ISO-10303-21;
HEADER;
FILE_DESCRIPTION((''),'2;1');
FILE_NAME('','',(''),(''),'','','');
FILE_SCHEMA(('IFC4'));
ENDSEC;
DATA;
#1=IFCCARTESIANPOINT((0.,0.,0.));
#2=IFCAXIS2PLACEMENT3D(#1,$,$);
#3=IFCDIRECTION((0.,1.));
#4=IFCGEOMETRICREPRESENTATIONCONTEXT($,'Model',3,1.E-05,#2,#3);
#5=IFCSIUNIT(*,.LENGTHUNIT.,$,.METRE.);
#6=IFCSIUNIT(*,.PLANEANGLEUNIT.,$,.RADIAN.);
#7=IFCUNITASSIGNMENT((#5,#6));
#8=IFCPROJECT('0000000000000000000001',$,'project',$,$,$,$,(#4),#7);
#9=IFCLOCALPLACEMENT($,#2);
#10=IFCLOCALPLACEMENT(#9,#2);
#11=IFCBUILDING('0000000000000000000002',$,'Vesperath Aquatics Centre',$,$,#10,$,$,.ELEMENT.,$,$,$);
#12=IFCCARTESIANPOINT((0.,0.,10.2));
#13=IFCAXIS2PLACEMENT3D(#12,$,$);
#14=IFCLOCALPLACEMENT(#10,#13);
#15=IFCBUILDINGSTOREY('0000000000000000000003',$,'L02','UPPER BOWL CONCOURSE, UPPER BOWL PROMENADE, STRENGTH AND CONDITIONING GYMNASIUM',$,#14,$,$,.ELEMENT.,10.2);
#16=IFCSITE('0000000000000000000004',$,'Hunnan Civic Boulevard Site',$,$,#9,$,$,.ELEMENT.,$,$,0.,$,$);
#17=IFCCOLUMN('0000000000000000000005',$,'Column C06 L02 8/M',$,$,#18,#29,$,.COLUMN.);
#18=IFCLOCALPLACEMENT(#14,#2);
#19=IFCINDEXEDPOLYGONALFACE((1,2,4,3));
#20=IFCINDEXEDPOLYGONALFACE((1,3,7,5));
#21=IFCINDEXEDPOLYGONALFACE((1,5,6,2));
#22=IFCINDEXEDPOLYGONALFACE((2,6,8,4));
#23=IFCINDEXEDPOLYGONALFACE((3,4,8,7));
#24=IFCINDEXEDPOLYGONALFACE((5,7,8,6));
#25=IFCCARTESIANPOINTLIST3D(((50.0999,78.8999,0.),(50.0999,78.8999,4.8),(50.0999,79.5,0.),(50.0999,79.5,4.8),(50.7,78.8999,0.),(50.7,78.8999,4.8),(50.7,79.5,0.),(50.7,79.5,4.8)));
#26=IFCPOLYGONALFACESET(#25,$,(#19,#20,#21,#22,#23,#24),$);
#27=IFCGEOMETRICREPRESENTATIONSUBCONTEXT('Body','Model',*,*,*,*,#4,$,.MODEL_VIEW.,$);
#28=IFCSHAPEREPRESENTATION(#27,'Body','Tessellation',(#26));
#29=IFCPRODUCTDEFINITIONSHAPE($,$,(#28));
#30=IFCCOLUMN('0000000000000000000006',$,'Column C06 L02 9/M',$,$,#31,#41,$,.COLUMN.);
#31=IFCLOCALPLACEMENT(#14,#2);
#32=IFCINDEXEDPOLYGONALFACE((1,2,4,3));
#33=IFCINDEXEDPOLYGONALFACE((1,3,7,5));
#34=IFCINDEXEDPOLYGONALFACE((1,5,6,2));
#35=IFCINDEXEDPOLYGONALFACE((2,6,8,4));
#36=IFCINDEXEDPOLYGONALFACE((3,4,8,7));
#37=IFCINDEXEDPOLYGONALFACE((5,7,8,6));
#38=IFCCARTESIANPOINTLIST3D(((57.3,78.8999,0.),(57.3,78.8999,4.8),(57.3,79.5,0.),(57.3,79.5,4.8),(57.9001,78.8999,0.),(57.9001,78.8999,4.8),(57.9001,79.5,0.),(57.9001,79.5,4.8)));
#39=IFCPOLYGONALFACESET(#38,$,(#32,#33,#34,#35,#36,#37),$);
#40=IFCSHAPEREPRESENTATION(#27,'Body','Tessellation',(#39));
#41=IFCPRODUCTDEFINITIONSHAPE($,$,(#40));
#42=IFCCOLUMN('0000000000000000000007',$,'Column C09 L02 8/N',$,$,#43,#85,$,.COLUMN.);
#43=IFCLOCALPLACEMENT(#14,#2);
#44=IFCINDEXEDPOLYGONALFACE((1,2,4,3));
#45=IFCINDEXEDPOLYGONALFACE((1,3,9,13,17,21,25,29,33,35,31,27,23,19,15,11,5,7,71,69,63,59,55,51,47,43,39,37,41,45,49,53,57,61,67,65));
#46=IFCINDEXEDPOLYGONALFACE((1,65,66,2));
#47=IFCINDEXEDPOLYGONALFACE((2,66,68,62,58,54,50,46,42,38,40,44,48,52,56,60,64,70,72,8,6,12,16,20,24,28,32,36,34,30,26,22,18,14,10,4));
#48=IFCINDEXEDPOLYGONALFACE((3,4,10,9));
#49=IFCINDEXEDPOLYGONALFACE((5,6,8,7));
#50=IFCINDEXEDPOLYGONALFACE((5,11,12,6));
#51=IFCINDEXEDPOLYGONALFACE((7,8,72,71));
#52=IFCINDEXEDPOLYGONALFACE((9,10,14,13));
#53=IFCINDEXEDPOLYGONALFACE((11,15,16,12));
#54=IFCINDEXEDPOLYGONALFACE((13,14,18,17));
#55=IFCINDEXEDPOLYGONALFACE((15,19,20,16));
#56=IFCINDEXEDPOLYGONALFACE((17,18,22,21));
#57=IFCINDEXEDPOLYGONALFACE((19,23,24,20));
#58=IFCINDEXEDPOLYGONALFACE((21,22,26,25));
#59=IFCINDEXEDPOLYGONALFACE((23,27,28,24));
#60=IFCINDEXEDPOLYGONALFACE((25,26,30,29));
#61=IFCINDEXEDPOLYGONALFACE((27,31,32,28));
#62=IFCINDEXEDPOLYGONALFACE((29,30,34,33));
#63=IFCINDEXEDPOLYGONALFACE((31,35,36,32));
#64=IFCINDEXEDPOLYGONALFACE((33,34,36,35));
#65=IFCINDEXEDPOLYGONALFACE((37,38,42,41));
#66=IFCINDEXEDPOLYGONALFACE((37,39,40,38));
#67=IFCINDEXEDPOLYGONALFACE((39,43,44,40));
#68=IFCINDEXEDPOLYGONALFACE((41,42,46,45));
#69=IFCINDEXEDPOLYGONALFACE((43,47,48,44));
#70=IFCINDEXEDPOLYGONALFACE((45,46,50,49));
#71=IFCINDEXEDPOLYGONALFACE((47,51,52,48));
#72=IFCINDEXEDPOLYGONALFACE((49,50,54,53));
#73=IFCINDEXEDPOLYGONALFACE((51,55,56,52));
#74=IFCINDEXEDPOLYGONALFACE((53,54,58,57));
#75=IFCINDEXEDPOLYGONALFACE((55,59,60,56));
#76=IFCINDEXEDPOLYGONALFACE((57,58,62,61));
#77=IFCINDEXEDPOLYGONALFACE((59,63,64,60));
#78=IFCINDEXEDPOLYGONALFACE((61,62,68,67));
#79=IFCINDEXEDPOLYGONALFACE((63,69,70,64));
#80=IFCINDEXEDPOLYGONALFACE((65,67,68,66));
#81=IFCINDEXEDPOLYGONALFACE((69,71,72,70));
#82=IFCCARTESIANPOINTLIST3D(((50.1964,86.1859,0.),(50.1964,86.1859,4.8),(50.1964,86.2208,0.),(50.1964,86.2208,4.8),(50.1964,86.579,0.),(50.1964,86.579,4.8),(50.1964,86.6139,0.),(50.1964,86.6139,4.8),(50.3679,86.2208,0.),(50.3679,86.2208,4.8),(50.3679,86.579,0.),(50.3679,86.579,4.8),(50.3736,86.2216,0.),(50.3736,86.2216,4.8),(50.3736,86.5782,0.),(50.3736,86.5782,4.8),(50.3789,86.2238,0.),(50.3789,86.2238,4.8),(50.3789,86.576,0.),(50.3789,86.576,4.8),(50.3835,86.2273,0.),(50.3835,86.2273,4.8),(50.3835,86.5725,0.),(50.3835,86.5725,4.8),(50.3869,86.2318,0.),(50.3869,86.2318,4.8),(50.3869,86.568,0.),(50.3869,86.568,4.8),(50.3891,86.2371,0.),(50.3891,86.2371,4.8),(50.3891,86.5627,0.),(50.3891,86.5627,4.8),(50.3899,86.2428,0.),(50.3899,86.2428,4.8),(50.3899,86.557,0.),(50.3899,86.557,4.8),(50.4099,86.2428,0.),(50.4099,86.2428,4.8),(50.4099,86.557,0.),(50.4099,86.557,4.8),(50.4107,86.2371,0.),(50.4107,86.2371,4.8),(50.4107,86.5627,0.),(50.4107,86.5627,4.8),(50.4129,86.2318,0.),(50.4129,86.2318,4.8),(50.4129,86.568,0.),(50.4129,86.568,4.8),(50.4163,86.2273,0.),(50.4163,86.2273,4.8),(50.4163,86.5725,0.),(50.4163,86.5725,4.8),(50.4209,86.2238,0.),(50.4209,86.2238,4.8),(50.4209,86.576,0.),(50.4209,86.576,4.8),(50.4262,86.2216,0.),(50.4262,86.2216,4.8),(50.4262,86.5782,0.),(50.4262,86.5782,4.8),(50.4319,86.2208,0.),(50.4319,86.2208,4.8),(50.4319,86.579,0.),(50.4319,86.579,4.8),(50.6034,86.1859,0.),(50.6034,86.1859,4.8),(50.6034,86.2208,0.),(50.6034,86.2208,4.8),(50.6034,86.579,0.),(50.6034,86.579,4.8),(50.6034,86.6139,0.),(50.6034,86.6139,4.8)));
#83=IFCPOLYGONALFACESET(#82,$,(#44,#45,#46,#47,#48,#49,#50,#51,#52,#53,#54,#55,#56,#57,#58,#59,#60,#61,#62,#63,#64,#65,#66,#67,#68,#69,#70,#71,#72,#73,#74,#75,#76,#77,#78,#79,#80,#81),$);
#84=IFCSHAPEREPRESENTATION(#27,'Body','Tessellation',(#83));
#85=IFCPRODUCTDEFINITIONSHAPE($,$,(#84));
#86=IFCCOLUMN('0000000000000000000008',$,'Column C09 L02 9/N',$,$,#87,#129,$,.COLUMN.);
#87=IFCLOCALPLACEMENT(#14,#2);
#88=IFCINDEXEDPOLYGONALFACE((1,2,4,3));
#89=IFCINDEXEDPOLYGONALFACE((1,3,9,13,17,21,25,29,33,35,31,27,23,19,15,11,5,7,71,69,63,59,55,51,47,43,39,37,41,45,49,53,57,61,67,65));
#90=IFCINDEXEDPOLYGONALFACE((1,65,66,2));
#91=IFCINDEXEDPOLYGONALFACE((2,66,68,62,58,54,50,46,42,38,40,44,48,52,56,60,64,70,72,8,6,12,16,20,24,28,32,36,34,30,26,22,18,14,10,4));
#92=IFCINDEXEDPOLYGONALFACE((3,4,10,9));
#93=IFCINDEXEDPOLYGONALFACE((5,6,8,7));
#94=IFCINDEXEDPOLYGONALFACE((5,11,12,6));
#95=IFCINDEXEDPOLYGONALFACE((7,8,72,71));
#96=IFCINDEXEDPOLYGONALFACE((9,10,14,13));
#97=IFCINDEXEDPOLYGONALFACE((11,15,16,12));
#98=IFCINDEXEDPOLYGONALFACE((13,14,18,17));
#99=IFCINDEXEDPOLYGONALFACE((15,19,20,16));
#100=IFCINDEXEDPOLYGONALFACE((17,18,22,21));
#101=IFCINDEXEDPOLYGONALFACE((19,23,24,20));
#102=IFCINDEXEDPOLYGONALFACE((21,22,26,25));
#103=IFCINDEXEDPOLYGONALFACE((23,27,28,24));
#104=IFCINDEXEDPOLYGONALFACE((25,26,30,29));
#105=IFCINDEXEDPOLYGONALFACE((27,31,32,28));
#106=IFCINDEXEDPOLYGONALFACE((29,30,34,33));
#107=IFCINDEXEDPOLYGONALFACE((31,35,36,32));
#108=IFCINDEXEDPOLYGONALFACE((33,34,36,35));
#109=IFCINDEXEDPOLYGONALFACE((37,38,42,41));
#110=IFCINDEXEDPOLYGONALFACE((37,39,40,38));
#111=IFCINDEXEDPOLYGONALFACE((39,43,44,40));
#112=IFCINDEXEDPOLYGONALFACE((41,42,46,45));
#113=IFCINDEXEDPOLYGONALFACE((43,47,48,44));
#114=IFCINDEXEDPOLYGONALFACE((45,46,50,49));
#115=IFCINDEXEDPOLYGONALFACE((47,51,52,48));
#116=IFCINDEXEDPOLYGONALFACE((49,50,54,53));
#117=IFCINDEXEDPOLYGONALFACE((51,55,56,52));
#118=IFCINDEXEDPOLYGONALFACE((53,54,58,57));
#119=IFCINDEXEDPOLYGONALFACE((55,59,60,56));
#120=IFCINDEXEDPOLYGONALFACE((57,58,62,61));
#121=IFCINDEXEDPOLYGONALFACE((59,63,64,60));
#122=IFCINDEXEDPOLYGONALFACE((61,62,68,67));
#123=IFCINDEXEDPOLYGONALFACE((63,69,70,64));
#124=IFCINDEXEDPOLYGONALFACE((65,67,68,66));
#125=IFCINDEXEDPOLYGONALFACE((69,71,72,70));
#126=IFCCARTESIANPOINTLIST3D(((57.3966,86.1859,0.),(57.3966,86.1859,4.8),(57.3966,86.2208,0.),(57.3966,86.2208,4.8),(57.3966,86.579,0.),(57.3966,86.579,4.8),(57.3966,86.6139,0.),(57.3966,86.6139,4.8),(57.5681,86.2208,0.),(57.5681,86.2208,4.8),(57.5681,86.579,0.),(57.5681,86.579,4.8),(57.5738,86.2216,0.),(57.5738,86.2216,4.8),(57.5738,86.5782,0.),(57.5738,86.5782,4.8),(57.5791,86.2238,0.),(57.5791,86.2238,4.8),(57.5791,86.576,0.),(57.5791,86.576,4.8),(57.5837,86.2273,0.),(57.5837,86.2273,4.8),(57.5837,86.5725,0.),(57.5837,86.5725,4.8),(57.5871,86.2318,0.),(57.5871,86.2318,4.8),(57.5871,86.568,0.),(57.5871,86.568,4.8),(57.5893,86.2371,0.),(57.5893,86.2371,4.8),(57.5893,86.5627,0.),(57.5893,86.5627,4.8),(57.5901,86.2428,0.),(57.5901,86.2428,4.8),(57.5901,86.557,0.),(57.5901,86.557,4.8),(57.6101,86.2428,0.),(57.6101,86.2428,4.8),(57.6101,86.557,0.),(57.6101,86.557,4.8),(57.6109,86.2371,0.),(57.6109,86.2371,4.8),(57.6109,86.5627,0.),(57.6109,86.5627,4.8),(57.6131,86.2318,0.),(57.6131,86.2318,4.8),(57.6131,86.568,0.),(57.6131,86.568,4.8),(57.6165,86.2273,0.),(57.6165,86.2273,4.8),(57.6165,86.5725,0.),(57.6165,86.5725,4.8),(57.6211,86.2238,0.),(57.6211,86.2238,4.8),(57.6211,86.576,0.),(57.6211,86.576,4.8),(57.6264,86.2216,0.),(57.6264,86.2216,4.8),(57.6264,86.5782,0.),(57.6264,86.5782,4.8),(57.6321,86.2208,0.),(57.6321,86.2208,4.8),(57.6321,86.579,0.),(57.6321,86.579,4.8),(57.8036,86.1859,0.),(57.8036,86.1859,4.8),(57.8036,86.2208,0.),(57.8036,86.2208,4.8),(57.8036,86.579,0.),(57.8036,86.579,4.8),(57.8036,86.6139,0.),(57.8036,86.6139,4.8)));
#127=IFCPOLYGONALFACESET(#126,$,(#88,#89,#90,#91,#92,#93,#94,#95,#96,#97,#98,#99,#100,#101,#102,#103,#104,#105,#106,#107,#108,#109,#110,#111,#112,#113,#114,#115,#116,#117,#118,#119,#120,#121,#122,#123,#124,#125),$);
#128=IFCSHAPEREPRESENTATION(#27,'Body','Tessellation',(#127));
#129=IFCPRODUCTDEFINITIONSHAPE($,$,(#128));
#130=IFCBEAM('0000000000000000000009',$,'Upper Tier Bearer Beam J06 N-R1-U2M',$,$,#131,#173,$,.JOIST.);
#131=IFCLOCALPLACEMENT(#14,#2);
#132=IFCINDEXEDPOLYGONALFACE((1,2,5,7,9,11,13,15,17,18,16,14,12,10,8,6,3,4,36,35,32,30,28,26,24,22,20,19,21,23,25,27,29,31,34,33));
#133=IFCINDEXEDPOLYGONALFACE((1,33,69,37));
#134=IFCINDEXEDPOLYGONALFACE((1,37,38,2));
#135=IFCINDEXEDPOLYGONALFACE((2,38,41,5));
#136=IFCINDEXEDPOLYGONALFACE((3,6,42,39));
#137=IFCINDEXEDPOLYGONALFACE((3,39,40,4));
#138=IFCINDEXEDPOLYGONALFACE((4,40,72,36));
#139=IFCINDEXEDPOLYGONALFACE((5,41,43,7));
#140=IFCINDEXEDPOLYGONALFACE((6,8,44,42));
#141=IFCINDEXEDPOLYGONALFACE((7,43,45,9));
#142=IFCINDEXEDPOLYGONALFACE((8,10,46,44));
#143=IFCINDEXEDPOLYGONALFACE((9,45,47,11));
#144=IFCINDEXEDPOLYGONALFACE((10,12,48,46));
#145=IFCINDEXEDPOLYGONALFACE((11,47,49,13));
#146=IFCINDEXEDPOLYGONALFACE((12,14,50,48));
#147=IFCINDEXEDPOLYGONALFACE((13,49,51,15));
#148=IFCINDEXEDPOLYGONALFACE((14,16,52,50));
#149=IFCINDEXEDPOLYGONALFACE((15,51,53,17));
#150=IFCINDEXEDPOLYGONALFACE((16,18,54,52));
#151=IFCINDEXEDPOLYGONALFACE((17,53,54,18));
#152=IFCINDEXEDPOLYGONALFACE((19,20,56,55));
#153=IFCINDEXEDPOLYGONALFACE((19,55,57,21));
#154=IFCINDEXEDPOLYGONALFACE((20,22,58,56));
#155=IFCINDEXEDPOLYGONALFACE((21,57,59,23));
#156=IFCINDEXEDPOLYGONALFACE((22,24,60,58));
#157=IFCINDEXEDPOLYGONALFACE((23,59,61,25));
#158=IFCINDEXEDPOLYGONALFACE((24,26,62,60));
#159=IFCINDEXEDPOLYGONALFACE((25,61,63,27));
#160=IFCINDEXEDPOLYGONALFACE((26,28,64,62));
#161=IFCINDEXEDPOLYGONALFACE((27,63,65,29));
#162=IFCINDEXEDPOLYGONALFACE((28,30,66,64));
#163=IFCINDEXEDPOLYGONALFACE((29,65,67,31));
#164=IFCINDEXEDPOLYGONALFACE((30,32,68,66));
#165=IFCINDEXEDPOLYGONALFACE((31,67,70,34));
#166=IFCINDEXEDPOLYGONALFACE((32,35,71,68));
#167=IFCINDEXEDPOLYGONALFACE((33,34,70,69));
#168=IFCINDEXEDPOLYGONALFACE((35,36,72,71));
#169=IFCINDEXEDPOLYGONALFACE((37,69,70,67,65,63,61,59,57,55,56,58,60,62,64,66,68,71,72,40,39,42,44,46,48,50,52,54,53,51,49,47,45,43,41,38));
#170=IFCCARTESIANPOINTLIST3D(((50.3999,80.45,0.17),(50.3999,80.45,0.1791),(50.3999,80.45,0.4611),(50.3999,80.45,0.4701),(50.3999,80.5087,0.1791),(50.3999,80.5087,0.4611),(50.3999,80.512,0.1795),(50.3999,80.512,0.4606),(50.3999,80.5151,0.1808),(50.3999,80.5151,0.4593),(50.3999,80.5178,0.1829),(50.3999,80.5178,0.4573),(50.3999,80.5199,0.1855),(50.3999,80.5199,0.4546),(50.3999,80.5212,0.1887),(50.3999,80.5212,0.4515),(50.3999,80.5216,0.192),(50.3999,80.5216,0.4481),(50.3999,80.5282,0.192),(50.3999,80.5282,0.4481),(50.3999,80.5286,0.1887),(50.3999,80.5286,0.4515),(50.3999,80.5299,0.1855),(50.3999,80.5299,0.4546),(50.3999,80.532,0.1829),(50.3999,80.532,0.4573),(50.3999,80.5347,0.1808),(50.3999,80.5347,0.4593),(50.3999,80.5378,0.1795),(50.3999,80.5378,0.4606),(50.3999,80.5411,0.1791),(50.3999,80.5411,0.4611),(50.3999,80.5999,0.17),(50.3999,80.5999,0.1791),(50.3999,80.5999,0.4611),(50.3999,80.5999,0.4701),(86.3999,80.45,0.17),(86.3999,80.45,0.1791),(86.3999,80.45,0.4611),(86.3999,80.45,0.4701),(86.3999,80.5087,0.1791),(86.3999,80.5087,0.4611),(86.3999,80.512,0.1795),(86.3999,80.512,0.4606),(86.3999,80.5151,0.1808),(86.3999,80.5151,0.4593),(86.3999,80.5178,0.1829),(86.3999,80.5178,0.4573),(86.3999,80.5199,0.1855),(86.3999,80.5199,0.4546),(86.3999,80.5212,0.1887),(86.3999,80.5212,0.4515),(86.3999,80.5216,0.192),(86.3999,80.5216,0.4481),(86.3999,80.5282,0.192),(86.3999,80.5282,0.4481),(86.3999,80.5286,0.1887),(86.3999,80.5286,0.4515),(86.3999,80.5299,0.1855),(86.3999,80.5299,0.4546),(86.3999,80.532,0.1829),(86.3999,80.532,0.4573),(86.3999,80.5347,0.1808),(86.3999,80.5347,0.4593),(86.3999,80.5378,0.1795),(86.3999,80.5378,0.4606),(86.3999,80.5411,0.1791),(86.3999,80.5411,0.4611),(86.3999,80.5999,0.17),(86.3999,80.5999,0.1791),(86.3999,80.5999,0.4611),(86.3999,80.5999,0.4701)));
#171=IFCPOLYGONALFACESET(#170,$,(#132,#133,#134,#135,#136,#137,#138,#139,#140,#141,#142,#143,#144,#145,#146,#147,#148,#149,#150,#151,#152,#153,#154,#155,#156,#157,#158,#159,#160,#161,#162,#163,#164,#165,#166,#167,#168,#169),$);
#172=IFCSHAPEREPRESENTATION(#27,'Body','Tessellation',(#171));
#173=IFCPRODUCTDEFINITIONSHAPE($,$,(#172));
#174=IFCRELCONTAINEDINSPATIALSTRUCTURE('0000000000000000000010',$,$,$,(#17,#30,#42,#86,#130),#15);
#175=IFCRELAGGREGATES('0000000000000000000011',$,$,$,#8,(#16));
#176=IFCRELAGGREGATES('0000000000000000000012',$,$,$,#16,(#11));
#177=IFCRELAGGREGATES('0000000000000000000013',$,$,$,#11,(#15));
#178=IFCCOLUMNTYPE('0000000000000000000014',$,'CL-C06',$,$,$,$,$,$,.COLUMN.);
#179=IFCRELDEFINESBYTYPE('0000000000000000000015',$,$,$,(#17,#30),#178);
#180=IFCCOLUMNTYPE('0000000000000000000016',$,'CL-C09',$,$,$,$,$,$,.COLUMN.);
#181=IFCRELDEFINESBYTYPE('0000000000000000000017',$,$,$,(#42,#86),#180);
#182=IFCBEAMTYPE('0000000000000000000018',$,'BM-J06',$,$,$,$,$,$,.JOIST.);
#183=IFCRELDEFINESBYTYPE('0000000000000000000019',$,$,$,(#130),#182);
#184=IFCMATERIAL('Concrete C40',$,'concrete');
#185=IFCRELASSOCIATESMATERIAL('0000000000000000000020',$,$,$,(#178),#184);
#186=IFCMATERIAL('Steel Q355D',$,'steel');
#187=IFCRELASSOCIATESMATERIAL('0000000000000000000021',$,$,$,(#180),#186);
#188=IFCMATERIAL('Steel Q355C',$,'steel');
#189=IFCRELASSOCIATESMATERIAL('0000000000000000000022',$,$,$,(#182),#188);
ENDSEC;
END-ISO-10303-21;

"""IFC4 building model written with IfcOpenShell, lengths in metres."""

from ifc_helpers import new_model, si_unit, direction, frame, origin, origin_2d, place, context, subcontext, project, spatial, rectangle, i_section, extrude, material, material_profile, profile_set, type_object, element, save


model = new_model("IFC4")

# Units and contexts
model_context = context("Model", 3, precision=1e-05, world=origin(), true_north=direction((0.0, 1.0)))
body_context = subcontext(model_context, "Body", "Model", "MODEL_VIEW")
ifc_project = project(units=[si_unit("LENGTHUNIT", "METRE"), si_unit("PLANEANGLEUNIT", "RADIAN")], contexts=[model_context])

# Site, building, storey
site_placement = place(None, origin())
site = spatial("IfcSite", under=ifc_project, at=site_placement, Name="Hunnan Civic Boulevard Site", CompositionType="ELEMENT", RefElevation=0.0)
building_placement = place(site_placement, origin())
building = spatial("IfcBuilding", under=site, at=building_placement, Name="Vesperath Aquatics Centre", CompositionType="ELEMENT")
storey_placement = place(building_placement, frame((0.0, 0.0, 10.2)))
storey = spatial("IfcBuildingStorey", under=building, at=storey_placement, Name="L02", Description="UPPER BOWL CONCOURSE, UPPER BOWL PROMENADE, STRENGTH AND CONDITIONING GYMNASIUM", CompositionType="ELEMENT", Elevation=10.2)

# Columns
ifc_material_1 = material(Name="Concrete C40", Category="concrete")
ifc_material_profile_1 = material_profile(ifc_material_1, rectangle(XDim=0.6001, YDim=0.6001, at=origin_2d()), Name="RC 600x600")
ifc_profile_set_1 = profile_set([ifc_material_profile_1], Name="Concrete C40")
column_type_1 = type_object("IfcColumnType", Name="CL-C06", PredefinedType="COLUMN", material=ifc_profile_set_1)
for number, where, z_axis, x_axis, name in (
    (1, (50.3999, 79.2, 0.0), (0.0, 0.0, 1.0), (1.0, 0.0, 0.0), "Column C06 L02 8/M"),
    (2, (57.6001, 79.2, 0.0), (0.0, 0.0, 1.0), (1.0, 0.0, 0.0), "Column C06 L02 9/M"),
):
    element("IfcColumn", number, at=place(storey_placement, frame(where, z_axis=z_axis, x_axis=x_axis)), inside=storey, type_object=column_type_1, Name=name, PredefinedType="COLUMN", context=body_context, shape_type="SweptSolid", body=[
        extrude(rectangle(XDim=0.6001, YDim=0.6001, at=origin_2d()), origin(), (0.0, 0.0, 1.0), 4.8),
    ])
ifc_material_2 = material(Name="Steel Q355D", Category="steel")
ifc_material_profile_2 = material_profile(ifc_material_2, i_section(OverallWidth=0.407, OverallDepth=0.428, WebThickness=0.02, FlangeThickness=0.0349, FilletRadius=0.022, at=origin_2d()), Name="HW 428x407x20x35")
ifc_profile_set_2 = profile_set([ifc_material_profile_2], Name="Steel Q355D")
column_type_2 = type_object("IfcColumnType", Name="CL-C09", PredefinedType="COLUMN", material=ifc_profile_set_2)
for number, where, z_axis, x_axis, name in (
    (3, (50.3999, 86.3999, 0.0), (0.0, 0.0, 1.0), (1.0, 0.0, 0.0), "Column C09 L02 8/N"),
    (4, (57.6001, 86.3999, 0.0), (0.0, 0.0, 1.0), (1.0, 0.0, 0.0), "Column C09 L02 9/N"),
):
    element("IfcColumn", number, at=place(storey_placement, frame(where, z_axis=z_axis, x_axis=x_axis)), inside=storey, type_object=column_type_2, Name=name, PredefinedType="COLUMN", context=body_context, shape_type="SweptSolid", body=[
        extrude(i_section(OverallWidth=0.407, OverallDepth=0.428, WebThickness=0.02, FlangeThickness=0.0349, FilletRadius=0.022, at=origin_2d()), origin(), (0.0, 0.0, 1.0), 4.8),
    ])

# Beam
ifc_material_3 = material(Name="Steel Q355C", Category="steel")
ifc_material_profile_3 = material_profile(ifc_material_3, i_section(OverallWidth=0.1499, OverallDepth=0.3, WebThickness=0.0066, FlangeThickness=0.009, FilletRadius=0.0129, at=origin_2d()), Name="HN 300x150x6.5x9")
ifc_profile_set_3 = profile_set([ifc_material_profile_3], Name="Steel Q355C")
beam_type_1 = type_object("IfcBeamType", Name="BM-J06", PredefinedType="JOIST", material=ifc_profile_set_3)
for number, where, z_axis, x_axis, name in (
    (5, (50.3999, 80.5249, 0.3201), (1.0, 0.0, 0.0), (0.0, 1.0, 0.0), "Upper Tier Bearer Beam J06 N-R1-U2M"),
):
    element("IfcBeam", number, at=place(storey_placement, frame(where, z_axis=z_axis, x_axis=x_axis)), inside=storey, type_object=beam_type_1, Name=name, PredefinedType="JOIST", context=body_context, shape_type="SweptSolid", body=[
        extrude(i_section(OverallWidth=0.1499, OverallDepth=0.3, WebThickness=0.0066, FlangeThickness=0.009, FilletRadius=0.0129, at=origin_2d()), origin(), (0.0, 0.0, 1.0), 36.0),
    ])

save(model, "model.ifc")
